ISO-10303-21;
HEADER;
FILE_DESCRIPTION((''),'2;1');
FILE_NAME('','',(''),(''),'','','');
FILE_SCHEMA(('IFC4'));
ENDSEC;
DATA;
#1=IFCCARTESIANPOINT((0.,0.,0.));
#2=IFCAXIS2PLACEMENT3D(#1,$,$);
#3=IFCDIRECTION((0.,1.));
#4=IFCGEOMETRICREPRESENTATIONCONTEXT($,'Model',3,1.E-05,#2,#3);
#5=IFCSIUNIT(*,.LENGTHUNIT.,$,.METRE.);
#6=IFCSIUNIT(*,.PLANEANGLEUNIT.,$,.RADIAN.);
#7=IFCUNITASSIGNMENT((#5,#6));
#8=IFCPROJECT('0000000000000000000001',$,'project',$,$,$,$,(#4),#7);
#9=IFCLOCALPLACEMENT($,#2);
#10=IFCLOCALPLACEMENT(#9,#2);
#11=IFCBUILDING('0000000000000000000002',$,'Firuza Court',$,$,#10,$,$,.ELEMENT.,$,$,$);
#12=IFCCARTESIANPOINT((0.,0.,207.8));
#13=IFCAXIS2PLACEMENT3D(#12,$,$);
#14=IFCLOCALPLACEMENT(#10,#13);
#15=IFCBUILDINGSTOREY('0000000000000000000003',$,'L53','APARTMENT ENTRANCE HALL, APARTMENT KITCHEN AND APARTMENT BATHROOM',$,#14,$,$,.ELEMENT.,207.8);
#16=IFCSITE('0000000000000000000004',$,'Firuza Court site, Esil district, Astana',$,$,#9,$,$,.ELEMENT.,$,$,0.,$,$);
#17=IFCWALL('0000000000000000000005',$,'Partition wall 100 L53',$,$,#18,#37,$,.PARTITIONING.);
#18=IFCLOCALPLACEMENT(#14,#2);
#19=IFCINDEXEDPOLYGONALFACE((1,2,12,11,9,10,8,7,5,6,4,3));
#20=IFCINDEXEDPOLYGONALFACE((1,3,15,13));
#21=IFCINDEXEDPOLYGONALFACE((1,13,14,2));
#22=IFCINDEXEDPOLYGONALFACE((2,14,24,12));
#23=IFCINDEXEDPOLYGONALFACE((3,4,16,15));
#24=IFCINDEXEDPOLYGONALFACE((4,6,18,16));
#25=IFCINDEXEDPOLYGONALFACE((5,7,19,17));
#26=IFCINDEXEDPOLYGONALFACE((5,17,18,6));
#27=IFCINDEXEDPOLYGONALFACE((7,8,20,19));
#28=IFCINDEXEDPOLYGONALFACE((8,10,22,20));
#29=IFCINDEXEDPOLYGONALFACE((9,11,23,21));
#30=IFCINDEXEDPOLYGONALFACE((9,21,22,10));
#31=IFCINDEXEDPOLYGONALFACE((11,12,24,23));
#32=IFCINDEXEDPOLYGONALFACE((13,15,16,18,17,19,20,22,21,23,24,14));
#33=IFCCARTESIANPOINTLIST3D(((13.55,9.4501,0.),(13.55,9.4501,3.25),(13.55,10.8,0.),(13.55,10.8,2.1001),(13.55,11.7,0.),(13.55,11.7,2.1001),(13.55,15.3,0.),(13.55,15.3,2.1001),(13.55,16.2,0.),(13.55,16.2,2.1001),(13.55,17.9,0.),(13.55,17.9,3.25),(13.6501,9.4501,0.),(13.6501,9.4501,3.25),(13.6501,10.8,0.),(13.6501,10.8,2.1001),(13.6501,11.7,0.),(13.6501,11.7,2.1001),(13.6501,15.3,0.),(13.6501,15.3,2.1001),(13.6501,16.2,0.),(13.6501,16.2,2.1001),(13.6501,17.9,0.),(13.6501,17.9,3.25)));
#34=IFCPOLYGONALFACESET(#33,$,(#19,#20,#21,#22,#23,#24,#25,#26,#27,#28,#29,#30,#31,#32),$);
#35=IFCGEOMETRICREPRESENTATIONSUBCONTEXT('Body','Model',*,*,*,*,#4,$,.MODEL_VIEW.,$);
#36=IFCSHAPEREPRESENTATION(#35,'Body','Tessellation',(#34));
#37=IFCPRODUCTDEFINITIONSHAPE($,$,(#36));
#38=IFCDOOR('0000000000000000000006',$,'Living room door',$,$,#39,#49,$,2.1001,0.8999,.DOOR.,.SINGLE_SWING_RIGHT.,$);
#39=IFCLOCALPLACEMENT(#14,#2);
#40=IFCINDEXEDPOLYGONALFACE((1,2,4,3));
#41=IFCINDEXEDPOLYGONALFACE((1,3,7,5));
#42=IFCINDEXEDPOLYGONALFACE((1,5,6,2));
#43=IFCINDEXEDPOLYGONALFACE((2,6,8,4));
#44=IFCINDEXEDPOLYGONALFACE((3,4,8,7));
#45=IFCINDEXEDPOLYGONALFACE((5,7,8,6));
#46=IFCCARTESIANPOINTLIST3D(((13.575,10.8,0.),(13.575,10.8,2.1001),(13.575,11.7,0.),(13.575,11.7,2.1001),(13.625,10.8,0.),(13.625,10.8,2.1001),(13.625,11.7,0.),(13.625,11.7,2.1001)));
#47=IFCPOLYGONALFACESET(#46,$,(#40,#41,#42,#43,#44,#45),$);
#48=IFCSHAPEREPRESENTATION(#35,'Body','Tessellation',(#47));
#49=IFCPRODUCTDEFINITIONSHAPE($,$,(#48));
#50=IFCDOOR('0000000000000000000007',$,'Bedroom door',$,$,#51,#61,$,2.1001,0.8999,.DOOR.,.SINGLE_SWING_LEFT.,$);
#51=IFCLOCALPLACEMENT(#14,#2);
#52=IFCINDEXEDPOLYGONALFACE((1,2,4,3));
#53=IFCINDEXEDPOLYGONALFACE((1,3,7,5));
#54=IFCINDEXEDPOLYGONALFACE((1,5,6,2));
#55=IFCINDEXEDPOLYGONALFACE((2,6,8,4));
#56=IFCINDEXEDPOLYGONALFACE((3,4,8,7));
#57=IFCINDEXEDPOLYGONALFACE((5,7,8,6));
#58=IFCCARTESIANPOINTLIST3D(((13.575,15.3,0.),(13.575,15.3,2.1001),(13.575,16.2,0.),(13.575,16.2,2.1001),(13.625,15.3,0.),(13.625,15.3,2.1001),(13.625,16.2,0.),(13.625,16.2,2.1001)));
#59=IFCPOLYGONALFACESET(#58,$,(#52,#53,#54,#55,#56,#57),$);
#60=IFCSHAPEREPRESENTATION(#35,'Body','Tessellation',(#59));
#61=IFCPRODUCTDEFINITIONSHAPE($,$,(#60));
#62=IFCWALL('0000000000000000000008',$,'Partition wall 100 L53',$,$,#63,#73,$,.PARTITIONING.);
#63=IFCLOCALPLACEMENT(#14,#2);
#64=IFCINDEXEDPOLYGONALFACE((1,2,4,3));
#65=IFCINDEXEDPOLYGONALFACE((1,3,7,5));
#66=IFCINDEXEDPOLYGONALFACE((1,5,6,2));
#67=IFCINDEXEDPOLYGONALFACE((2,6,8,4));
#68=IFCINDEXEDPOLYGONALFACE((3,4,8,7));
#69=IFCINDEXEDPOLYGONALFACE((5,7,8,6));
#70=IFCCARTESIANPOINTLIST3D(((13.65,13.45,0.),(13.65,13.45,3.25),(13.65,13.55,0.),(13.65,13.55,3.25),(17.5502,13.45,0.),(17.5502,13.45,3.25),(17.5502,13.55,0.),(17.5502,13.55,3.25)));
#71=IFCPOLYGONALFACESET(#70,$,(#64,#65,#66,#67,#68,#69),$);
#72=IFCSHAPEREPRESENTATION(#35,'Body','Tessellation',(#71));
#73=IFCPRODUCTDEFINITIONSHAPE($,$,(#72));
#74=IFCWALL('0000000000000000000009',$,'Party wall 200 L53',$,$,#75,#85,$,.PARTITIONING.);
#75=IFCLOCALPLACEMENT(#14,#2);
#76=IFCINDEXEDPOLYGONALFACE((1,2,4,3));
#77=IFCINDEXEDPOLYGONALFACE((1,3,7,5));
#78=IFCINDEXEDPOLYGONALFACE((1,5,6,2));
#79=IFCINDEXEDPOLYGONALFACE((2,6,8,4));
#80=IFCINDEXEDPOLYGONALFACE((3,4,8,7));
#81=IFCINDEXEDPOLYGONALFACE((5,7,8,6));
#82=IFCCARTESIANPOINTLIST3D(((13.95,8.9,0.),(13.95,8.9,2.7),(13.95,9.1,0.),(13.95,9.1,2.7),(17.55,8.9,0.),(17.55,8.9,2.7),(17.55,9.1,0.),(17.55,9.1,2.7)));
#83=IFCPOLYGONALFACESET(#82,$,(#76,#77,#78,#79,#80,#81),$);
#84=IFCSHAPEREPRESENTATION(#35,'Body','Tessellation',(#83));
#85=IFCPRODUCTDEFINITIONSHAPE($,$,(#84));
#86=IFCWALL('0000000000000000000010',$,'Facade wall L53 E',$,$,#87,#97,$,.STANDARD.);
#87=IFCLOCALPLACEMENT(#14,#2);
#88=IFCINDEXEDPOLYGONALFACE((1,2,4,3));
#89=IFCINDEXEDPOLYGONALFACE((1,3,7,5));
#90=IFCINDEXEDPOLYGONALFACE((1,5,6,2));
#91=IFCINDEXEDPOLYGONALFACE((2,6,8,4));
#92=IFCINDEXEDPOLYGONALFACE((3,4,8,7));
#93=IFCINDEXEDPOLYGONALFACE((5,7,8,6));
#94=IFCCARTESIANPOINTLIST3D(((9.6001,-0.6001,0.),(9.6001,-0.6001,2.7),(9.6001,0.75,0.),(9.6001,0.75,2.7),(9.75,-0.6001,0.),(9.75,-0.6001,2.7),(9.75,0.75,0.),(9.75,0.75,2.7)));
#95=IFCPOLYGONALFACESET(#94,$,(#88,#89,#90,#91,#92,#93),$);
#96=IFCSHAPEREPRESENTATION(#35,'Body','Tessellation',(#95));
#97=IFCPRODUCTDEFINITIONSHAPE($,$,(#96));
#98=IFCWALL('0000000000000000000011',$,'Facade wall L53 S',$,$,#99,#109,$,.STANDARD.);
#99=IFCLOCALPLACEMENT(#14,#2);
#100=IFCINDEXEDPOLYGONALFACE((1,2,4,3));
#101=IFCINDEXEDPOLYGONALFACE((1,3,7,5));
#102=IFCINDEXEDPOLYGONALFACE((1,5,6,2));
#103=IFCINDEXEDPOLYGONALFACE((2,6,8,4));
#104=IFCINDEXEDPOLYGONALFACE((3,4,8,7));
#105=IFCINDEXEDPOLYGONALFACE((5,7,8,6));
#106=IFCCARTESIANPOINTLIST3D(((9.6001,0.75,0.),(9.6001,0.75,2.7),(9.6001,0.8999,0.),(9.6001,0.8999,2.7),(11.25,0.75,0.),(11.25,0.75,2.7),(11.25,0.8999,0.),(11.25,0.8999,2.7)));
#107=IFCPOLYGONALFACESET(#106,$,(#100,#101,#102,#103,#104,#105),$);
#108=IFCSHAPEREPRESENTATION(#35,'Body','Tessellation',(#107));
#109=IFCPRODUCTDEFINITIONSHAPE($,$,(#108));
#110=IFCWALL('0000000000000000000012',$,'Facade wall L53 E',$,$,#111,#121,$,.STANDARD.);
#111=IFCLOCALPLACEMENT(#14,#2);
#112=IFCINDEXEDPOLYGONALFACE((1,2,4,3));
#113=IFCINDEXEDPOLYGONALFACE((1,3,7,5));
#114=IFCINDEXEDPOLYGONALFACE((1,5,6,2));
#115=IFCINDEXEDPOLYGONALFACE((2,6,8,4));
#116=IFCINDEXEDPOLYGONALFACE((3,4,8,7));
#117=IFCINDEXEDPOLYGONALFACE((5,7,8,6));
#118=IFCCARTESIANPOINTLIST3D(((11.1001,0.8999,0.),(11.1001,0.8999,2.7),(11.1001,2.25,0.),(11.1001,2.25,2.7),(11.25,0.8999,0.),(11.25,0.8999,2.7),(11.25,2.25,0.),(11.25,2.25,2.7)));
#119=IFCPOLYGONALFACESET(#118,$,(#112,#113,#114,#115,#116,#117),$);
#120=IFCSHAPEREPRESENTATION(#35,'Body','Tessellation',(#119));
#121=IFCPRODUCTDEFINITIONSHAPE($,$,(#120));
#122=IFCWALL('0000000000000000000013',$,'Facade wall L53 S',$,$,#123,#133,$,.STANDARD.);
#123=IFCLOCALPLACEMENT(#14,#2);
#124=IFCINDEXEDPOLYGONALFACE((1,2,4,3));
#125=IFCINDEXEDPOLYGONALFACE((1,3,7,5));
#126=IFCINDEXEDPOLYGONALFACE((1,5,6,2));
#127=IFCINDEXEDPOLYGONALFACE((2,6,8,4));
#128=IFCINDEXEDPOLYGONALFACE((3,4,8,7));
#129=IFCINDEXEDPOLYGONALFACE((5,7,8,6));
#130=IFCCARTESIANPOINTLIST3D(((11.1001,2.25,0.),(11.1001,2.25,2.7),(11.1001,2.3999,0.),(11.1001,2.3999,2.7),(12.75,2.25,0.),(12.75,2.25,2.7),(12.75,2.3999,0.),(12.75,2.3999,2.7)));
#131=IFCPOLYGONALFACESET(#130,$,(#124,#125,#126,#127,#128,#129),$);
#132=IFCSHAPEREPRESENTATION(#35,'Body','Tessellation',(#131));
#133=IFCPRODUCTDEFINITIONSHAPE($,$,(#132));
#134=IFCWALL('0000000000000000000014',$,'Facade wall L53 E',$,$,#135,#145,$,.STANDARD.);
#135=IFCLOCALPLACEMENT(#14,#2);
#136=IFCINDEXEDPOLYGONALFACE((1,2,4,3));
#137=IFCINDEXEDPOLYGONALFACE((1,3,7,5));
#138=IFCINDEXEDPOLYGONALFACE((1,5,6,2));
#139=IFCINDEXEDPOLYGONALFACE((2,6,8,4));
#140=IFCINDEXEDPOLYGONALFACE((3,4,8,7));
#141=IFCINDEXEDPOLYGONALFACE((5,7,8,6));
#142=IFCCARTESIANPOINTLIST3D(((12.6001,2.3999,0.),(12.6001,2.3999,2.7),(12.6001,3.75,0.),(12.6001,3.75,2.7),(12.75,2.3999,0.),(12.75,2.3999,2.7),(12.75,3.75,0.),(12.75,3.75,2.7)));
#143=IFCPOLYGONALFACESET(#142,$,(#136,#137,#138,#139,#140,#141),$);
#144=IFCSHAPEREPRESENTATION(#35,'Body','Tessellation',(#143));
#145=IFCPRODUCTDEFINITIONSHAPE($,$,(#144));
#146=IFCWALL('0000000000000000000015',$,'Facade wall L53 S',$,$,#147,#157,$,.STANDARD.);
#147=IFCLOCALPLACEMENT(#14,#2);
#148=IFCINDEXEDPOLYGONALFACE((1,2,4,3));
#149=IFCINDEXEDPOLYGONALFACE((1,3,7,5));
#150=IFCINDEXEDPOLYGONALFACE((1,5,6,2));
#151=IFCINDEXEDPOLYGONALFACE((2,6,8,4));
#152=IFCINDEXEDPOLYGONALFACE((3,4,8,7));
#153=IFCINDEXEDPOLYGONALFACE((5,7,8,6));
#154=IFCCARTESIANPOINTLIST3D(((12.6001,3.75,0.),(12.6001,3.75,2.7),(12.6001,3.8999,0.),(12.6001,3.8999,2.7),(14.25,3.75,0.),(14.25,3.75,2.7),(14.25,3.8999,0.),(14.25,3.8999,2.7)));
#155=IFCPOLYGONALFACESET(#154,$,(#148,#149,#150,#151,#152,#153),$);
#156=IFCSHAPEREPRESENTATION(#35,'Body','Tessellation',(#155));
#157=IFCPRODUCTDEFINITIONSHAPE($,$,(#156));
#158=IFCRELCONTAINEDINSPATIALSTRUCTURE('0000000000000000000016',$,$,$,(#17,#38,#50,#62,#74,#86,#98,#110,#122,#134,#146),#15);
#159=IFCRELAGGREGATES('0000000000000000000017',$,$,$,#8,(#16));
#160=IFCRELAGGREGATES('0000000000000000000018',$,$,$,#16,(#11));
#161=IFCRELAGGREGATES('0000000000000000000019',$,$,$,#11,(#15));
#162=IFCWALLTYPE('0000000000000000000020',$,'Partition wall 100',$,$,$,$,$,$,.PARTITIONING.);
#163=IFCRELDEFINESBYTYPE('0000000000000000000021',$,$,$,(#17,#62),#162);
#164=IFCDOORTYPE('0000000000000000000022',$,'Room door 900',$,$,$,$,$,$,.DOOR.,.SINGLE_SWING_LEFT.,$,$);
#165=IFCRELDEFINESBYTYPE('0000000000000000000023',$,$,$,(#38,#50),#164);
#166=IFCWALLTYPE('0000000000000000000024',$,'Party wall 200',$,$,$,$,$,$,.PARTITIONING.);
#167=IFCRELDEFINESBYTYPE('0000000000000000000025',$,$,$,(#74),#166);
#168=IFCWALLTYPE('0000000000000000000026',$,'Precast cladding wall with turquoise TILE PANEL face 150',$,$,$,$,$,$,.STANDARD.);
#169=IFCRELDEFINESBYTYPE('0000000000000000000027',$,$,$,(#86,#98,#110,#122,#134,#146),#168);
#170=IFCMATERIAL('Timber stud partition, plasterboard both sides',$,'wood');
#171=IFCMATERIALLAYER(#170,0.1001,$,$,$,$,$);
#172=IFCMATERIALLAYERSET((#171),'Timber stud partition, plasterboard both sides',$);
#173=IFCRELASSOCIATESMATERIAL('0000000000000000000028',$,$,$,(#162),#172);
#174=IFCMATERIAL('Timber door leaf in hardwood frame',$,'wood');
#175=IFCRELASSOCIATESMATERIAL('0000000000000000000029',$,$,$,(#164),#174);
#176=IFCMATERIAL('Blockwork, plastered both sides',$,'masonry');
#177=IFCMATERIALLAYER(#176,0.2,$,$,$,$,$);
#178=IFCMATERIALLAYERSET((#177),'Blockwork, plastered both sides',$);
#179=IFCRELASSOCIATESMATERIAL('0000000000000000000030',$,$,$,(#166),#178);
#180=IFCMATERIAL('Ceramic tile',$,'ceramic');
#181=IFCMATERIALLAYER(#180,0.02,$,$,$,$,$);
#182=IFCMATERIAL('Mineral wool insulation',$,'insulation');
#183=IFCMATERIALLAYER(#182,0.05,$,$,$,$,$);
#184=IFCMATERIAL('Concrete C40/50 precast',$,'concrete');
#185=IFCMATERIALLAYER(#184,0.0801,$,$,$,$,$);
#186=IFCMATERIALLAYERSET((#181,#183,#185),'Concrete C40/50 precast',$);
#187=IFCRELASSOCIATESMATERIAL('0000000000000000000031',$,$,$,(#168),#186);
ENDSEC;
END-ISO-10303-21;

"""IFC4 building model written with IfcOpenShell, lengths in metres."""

from ifc_helpers import new_model, si_unit, direction, frame, frame_2d, origin, place, context, subcontext, project, spatial, rectangle, extrude, material, layer, layer_set, type_object, element, fill, save


model = new_model("IFC4")

# Units and contexts
model_context = context("Model", 3, precision=1e-05, world=origin(), true_north=direction((0.0, 1.0)))
body_context = subcontext(model_context, "Body", "Model", "MODEL_VIEW")
ifc_project = project(units=[si_unit("LENGTHUNIT", "METRE"), si_unit("PLANEANGLEUNIT", "RADIAN")], contexts=[model_context])

# Site, building, storey
site_placement = place(None, origin())
site = spatial("IfcSite", under=ifc_project, at=site_placement, Name="Firuza Court site, Esil district, Astana", CompositionType="ELEMENT", RefElevation=0.0)
building_placement = place(site_placement, origin())
building = spatial("IfcBuilding", under=site, at=building_placement, Name="Firuza Court", CompositionType="ELEMENT")
storey_placement = place(building_placement, frame((0.0, 0.0, 207.8)))
storey = spatial("IfcBuildingStorey", under=building, at=storey_placement, Name="L53", Description="APARTMENT ENTRANCE HALL, APARTMENT KITCHEN AND APARTMENT BATHROOM", CompositionType="ELEMENT", Elevation=207.8)

# Shared definitions
ifc_material_1 = material(Name="Timber stud partition, plasterboard both sides", Category="wood")
ifc_layer_1 = layer(ifc_material_1, 0.1001)
ifc_layer_set_1 = layer_set([ifc_layer_1], Name="Timber stud partition, plasterboard both sides")
wall_type_1 = type_object("IfcWallType", Name="Partition wall 100", PredefinedType="PARTITIONING", material=ifc_layer_set_1)

# Shared definitions
ifc_material_2 = material(Name="Timber door leaf in hardwood frame", Category="wood")
door_type = type_object("IfcDoorType", Name="Room door 900", OperationType="SINGLE_SWING_LEFT", PredefinedType="DOOR", material=ifc_material_2)

# Wall, openings, doors
wall_1_placement = place(storey_placement, frame((13.6001, 9.45, 0.0), z_axis=(0.0, 0.0, 1.0), x_axis=(0.0, 1.0, 0.0)))
wall_1 = element("IfcWall", 1, at=wall_1_placement, inside=storey, type_object=wall_type_1, Name="Partition wall 100 L53", PredefinedType="PARTITIONING", context=body_context, shape_type="SweptSolid", body=[
    extrude(rectangle(XDim=8.45, YDim=0.1001, at=frame_2d((4.2251, 0.0))), origin(), (0.0, 0.0, 1.0), 3.25),
])
opening_1_placement = place(wall_1_placement, frame((1.3501, 0.0, 0.0)))
opening_1 = element("IfcOpeningElement", 2, at=opening_1_placement, cuts=wall_1, PredefinedType="OPENING", context=body_context, shape_type="SweptSolid", body=[
    extrude(rectangle(XDim=0.8999, YDim=2.1001, at=frame_2d((0.45, 1.05))), frame((0.0, 0.062, 0.0), z_axis=(0.0, -1.0, 0.0), x_axis=(1.0, 0.0, 0.0)), (0.0, 0.0, 1.0), 0.124),
])
opening_2_placement = place(wall_1_placement, frame((5.8501, 0.0, 0.0)))
opening_2 = element("IfcOpeningElement", 3, at=opening_2_placement, cuts=wall_1, PredefinedType="OPENING", context=body_context, shape_type="SweptSolid", body=[
    extrude(rectangle(XDim=0.8999, YDim=2.1001, at=frame_2d((0.45, 1.05))), frame((0.0, 0.062, 0.0), z_axis=(0.0, -1.0, 0.0), x_axis=(1.0, 0.0, 0.0)), (0.0, 0.0, 1.0), 0.124),
])
door_1_placement = place(opening_1_placement, frame((0.8999, 0.0, 0.0), z_axis=(0.0, 0.0, 1.0), x_axis=(-1.0, 0.0, 0.0)))
door_1 = element("IfcDoor", 4, at=door_1_placement, inside=storey, type_object=door_type, Name="Living room door", OperationType="SINGLE_SWING_RIGHT", OverallHeight=2.1001, OverallWidth=0.8999, PredefinedType="DOOR", context=body_context, shape_type="SweptSolid", body=[
    extrude(rectangle(XDim=0.8999, YDim=2.1001, at=frame_2d((0.45, 1.05))), frame((0.0, 0.0249, 0.0), z_axis=(0.0, -1.0, 0.0), x_axis=(1.0, 0.0, 0.0)), (0.0, 0.0, 1.0), 0.05),
])
fill(opening_1, door_1)
door_2_placement = place(opening_2_placement, frame((0.8999, 0.0, 0.0), z_axis=(0.0, 0.0, 1.0), x_axis=(-1.0, 0.0, 0.0)))
door_2 = element("IfcDoor", 5, at=door_2_placement, inside=storey, type_object=door_type, Name="Bedroom door", OperationType="SINGLE_SWING_LEFT", OverallHeight=2.1001, OverallWidth=0.8999, PredefinedType="DOOR", context=body_context, shape_type="SweptSolid", body=[
    extrude(rectangle(XDim=0.8999, YDim=2.1001, at=frame_2d((0.45, 1.05))), frame((0.0, 0.0249, 0.0), z_axis=(0.0, -1.0, 0.0), x_axis=(1.0, 0.0, 0.0)), (0.0, 0.0, 1.0), 0.05),
])
fill(opening_2, door_2)

# Walls
wall_2_placement = place(storey_placement, frame((13.6499, 13.5, 0.0), z_axis=(0.0, 0.0, 1.0), x_axis=(1.0, 0.0, 0.0)))
element("IfcWall", 6, at=wall_2_placement, inside=storey, type_object=wall_type_1, Name="Partition wall 100 L53", PredefinedType="PARTITIONING", context=body_context, shape_type="SweptSolid", body=[
    extrude(rectangle(XDim=3.9001, YDim=0.1001, at=frame_2d((1.9502, 0.0))), origin(), (0.0, 0.0, 1.0), 3.25),
])
ifc_material_3 = material(Name="Blockwork, plastered both sides", Category="masonry")
ifc_layer_2 = layer(ifc_material_3, 0.2)
ifc_layer_set_2 = layer_set([ifc_layer_2], Name="Blockwork, plastered both sides")
wall_type_2 = type_object("IfcWallType", Name="Party wall 200", PredefinedType="PARTITIONING", material=ifc_layer_set_2)
wall_3_placement = place(storey_placement, frame((13.95, 9.0, 0.0), z_axis=(0.0, 0.0, 1.0), x_axis=(1.0, 0.0, 0.0)))
element("IfcWall", 7, at=wall_3_placement, inside=storey, type_object=wall_type_2, Name="Party wall 200 L53", PredefinedType="PARTITIONING", context=body_context, shape_type="SweptSolid", body=[
    extrude(rectangle(XDim=3.6001, YDim=0.2, at=frame_2d((1.8, 0.0))), origin(), (0.0, 0.0, 1.0), 2.7),
])
ifc_material_4 = material(Name="Ceramic tile", Category="ceramic")
ifc_layer_3 = layer(ifc_material_4, 0.02)
ifc_material_5 = material(Name="Mineral wool insulation", Category="insulation")
ifc_layer_4 = layer(ifc_material_5, 0.05)
ifc_material_6 = material(Name="Concrete C40/50 precast", Category="concrete")
ifc_layer_5 = layer(ifc_material_6, 0.0801)
ifc_layer_set_3 = layer_set([ifc_layer_3, ifc_layer_4, ifc_layer_5], Name="Concrete C40/50 precast")
wall_type_3 = type_object("IfcWallType", Name="Precast cladding wall with turquoise TILE PANEL face 150", PredefinedType="STANDARD", material=ifc_layer_set_3)
wall_4_placement = place(storey_placement, frame((9.675, -0.6001, 0.0), z_axis=(0.0, 0.0, 1.0), x_axis=(0.0, 1.0, 0.0)))
element("IfcWall", 8, at=wall_4_placement, inside=storey, type_object=wall_type_3, Name="Facade wall L53 E", PredefinedType="STANDARD", context=body_context, shape_type="SweptSolid", body=[
    extrude(rectangle(XDim=1.3501, YDim=0.1499, at=frame_2d((0.675, 0.0))), origin(), (0.0, 0.0, 1.0), 2.7),
])
wall_5_placement = place(storey_placement, frame((9.6001, 0.825, 0.0), z_axis=(0.0, 0.0, 1.0), x_axis=(1.0, 0.0, 0.0)))
element("IfcWall", 9, at=wall_5_placement, inside=storey, type_object=wall_type_3, Name="Facade wall L53 S", PredefinedType="STANDARD", context=body_context, shape_type="SweptSolid", body=[
    extrude(rectangle(XDim=1.6499, YDim=0.1499, at=frame_2d((0.825, 0.0))), origin(), (0.0, 0.0, 1.0), 2.7),
])
wall_6_placement = place(storey_placement, frame((11.175, 0.8999, 0.0), z_axis=(0.0, 0.0, 1.0), x_axis=(0.0, 1.0, 0.0)))
element("IfcWall", 10, at=wall_6_placement, inside=storey, type_object=wall_type_3, Name="Facade wall L53 E", PredefinedType="STANDARD", context=body_context, shape_type="SweptSolid", body=[
    extrude(rectangle(XDim=1.3501, YDim=0.1499, at=frame_2d((0.675, 0.0))), origin(), (0.0, 0.0, 1.0), 2.7),
])
wall_7_placement = place(storey_placement, frame((11.1001, 2.325, 0.0), z_axis=(0.0, 0.0, 1.0), x_axis=(1.0, 0.0, 0.0)))
element("IfcWall", 11, at=wall_7_placement, inside=storey, type_object=wall_type_3, Name="Facade wall L53 S", PredefinedType="STANDARD", context=body_context, shape_type="SweptSolid", body=[
    extrude(rectangle(XDim=1.6499, YDim=0.1499, at=frame_2d((0.825, 0.0))), origin(), (0.0, 0.0, 1.0), 2.7),
])
wall_8_placement = place(storey_placement, frame((12.675, 2.3999, 0.0), z_axis=(0.0, 0.0, 1.0), x_axis=(0.0, 1.0, 0.0)))
element("IfcWall", 12, at=wall_8_placement, inside=storey, type_object=wall_type_3, Name="Facade wall L53 E", PredefinedType="STANDARD", context=body_context, shape_type="SweptSolid", body=[
    extrude(rectangle(XDim=1.3501, YDim=0.1499, at=frame_2d((0.675, 0.0))), origin(), (0.0, 0.0, 1.0), 2.7),
])
wall_9_placement = place(storey_placement, frame((12.6001, 3.825, 0.0), z_axis=(0.0, 0.0, 1.0), x_axis=(1.0, 0.0, 0.0)))
element("IfcWall", 13, at=wall_9_placement, inside=storey, type_object=wall_type_3, Name="Facade wall L53 S", PredefinedType="STANDARD", context=body_context, shape_type="SweptSolid", body=[
    extrude(rectangle(XDim=1.6499, YDim=0.1499, at=frame_2d((0.825, 0.0))), origin(), (0.0, 0.0, 1.0), 2.7),
])

save(model, "model.ifc")
